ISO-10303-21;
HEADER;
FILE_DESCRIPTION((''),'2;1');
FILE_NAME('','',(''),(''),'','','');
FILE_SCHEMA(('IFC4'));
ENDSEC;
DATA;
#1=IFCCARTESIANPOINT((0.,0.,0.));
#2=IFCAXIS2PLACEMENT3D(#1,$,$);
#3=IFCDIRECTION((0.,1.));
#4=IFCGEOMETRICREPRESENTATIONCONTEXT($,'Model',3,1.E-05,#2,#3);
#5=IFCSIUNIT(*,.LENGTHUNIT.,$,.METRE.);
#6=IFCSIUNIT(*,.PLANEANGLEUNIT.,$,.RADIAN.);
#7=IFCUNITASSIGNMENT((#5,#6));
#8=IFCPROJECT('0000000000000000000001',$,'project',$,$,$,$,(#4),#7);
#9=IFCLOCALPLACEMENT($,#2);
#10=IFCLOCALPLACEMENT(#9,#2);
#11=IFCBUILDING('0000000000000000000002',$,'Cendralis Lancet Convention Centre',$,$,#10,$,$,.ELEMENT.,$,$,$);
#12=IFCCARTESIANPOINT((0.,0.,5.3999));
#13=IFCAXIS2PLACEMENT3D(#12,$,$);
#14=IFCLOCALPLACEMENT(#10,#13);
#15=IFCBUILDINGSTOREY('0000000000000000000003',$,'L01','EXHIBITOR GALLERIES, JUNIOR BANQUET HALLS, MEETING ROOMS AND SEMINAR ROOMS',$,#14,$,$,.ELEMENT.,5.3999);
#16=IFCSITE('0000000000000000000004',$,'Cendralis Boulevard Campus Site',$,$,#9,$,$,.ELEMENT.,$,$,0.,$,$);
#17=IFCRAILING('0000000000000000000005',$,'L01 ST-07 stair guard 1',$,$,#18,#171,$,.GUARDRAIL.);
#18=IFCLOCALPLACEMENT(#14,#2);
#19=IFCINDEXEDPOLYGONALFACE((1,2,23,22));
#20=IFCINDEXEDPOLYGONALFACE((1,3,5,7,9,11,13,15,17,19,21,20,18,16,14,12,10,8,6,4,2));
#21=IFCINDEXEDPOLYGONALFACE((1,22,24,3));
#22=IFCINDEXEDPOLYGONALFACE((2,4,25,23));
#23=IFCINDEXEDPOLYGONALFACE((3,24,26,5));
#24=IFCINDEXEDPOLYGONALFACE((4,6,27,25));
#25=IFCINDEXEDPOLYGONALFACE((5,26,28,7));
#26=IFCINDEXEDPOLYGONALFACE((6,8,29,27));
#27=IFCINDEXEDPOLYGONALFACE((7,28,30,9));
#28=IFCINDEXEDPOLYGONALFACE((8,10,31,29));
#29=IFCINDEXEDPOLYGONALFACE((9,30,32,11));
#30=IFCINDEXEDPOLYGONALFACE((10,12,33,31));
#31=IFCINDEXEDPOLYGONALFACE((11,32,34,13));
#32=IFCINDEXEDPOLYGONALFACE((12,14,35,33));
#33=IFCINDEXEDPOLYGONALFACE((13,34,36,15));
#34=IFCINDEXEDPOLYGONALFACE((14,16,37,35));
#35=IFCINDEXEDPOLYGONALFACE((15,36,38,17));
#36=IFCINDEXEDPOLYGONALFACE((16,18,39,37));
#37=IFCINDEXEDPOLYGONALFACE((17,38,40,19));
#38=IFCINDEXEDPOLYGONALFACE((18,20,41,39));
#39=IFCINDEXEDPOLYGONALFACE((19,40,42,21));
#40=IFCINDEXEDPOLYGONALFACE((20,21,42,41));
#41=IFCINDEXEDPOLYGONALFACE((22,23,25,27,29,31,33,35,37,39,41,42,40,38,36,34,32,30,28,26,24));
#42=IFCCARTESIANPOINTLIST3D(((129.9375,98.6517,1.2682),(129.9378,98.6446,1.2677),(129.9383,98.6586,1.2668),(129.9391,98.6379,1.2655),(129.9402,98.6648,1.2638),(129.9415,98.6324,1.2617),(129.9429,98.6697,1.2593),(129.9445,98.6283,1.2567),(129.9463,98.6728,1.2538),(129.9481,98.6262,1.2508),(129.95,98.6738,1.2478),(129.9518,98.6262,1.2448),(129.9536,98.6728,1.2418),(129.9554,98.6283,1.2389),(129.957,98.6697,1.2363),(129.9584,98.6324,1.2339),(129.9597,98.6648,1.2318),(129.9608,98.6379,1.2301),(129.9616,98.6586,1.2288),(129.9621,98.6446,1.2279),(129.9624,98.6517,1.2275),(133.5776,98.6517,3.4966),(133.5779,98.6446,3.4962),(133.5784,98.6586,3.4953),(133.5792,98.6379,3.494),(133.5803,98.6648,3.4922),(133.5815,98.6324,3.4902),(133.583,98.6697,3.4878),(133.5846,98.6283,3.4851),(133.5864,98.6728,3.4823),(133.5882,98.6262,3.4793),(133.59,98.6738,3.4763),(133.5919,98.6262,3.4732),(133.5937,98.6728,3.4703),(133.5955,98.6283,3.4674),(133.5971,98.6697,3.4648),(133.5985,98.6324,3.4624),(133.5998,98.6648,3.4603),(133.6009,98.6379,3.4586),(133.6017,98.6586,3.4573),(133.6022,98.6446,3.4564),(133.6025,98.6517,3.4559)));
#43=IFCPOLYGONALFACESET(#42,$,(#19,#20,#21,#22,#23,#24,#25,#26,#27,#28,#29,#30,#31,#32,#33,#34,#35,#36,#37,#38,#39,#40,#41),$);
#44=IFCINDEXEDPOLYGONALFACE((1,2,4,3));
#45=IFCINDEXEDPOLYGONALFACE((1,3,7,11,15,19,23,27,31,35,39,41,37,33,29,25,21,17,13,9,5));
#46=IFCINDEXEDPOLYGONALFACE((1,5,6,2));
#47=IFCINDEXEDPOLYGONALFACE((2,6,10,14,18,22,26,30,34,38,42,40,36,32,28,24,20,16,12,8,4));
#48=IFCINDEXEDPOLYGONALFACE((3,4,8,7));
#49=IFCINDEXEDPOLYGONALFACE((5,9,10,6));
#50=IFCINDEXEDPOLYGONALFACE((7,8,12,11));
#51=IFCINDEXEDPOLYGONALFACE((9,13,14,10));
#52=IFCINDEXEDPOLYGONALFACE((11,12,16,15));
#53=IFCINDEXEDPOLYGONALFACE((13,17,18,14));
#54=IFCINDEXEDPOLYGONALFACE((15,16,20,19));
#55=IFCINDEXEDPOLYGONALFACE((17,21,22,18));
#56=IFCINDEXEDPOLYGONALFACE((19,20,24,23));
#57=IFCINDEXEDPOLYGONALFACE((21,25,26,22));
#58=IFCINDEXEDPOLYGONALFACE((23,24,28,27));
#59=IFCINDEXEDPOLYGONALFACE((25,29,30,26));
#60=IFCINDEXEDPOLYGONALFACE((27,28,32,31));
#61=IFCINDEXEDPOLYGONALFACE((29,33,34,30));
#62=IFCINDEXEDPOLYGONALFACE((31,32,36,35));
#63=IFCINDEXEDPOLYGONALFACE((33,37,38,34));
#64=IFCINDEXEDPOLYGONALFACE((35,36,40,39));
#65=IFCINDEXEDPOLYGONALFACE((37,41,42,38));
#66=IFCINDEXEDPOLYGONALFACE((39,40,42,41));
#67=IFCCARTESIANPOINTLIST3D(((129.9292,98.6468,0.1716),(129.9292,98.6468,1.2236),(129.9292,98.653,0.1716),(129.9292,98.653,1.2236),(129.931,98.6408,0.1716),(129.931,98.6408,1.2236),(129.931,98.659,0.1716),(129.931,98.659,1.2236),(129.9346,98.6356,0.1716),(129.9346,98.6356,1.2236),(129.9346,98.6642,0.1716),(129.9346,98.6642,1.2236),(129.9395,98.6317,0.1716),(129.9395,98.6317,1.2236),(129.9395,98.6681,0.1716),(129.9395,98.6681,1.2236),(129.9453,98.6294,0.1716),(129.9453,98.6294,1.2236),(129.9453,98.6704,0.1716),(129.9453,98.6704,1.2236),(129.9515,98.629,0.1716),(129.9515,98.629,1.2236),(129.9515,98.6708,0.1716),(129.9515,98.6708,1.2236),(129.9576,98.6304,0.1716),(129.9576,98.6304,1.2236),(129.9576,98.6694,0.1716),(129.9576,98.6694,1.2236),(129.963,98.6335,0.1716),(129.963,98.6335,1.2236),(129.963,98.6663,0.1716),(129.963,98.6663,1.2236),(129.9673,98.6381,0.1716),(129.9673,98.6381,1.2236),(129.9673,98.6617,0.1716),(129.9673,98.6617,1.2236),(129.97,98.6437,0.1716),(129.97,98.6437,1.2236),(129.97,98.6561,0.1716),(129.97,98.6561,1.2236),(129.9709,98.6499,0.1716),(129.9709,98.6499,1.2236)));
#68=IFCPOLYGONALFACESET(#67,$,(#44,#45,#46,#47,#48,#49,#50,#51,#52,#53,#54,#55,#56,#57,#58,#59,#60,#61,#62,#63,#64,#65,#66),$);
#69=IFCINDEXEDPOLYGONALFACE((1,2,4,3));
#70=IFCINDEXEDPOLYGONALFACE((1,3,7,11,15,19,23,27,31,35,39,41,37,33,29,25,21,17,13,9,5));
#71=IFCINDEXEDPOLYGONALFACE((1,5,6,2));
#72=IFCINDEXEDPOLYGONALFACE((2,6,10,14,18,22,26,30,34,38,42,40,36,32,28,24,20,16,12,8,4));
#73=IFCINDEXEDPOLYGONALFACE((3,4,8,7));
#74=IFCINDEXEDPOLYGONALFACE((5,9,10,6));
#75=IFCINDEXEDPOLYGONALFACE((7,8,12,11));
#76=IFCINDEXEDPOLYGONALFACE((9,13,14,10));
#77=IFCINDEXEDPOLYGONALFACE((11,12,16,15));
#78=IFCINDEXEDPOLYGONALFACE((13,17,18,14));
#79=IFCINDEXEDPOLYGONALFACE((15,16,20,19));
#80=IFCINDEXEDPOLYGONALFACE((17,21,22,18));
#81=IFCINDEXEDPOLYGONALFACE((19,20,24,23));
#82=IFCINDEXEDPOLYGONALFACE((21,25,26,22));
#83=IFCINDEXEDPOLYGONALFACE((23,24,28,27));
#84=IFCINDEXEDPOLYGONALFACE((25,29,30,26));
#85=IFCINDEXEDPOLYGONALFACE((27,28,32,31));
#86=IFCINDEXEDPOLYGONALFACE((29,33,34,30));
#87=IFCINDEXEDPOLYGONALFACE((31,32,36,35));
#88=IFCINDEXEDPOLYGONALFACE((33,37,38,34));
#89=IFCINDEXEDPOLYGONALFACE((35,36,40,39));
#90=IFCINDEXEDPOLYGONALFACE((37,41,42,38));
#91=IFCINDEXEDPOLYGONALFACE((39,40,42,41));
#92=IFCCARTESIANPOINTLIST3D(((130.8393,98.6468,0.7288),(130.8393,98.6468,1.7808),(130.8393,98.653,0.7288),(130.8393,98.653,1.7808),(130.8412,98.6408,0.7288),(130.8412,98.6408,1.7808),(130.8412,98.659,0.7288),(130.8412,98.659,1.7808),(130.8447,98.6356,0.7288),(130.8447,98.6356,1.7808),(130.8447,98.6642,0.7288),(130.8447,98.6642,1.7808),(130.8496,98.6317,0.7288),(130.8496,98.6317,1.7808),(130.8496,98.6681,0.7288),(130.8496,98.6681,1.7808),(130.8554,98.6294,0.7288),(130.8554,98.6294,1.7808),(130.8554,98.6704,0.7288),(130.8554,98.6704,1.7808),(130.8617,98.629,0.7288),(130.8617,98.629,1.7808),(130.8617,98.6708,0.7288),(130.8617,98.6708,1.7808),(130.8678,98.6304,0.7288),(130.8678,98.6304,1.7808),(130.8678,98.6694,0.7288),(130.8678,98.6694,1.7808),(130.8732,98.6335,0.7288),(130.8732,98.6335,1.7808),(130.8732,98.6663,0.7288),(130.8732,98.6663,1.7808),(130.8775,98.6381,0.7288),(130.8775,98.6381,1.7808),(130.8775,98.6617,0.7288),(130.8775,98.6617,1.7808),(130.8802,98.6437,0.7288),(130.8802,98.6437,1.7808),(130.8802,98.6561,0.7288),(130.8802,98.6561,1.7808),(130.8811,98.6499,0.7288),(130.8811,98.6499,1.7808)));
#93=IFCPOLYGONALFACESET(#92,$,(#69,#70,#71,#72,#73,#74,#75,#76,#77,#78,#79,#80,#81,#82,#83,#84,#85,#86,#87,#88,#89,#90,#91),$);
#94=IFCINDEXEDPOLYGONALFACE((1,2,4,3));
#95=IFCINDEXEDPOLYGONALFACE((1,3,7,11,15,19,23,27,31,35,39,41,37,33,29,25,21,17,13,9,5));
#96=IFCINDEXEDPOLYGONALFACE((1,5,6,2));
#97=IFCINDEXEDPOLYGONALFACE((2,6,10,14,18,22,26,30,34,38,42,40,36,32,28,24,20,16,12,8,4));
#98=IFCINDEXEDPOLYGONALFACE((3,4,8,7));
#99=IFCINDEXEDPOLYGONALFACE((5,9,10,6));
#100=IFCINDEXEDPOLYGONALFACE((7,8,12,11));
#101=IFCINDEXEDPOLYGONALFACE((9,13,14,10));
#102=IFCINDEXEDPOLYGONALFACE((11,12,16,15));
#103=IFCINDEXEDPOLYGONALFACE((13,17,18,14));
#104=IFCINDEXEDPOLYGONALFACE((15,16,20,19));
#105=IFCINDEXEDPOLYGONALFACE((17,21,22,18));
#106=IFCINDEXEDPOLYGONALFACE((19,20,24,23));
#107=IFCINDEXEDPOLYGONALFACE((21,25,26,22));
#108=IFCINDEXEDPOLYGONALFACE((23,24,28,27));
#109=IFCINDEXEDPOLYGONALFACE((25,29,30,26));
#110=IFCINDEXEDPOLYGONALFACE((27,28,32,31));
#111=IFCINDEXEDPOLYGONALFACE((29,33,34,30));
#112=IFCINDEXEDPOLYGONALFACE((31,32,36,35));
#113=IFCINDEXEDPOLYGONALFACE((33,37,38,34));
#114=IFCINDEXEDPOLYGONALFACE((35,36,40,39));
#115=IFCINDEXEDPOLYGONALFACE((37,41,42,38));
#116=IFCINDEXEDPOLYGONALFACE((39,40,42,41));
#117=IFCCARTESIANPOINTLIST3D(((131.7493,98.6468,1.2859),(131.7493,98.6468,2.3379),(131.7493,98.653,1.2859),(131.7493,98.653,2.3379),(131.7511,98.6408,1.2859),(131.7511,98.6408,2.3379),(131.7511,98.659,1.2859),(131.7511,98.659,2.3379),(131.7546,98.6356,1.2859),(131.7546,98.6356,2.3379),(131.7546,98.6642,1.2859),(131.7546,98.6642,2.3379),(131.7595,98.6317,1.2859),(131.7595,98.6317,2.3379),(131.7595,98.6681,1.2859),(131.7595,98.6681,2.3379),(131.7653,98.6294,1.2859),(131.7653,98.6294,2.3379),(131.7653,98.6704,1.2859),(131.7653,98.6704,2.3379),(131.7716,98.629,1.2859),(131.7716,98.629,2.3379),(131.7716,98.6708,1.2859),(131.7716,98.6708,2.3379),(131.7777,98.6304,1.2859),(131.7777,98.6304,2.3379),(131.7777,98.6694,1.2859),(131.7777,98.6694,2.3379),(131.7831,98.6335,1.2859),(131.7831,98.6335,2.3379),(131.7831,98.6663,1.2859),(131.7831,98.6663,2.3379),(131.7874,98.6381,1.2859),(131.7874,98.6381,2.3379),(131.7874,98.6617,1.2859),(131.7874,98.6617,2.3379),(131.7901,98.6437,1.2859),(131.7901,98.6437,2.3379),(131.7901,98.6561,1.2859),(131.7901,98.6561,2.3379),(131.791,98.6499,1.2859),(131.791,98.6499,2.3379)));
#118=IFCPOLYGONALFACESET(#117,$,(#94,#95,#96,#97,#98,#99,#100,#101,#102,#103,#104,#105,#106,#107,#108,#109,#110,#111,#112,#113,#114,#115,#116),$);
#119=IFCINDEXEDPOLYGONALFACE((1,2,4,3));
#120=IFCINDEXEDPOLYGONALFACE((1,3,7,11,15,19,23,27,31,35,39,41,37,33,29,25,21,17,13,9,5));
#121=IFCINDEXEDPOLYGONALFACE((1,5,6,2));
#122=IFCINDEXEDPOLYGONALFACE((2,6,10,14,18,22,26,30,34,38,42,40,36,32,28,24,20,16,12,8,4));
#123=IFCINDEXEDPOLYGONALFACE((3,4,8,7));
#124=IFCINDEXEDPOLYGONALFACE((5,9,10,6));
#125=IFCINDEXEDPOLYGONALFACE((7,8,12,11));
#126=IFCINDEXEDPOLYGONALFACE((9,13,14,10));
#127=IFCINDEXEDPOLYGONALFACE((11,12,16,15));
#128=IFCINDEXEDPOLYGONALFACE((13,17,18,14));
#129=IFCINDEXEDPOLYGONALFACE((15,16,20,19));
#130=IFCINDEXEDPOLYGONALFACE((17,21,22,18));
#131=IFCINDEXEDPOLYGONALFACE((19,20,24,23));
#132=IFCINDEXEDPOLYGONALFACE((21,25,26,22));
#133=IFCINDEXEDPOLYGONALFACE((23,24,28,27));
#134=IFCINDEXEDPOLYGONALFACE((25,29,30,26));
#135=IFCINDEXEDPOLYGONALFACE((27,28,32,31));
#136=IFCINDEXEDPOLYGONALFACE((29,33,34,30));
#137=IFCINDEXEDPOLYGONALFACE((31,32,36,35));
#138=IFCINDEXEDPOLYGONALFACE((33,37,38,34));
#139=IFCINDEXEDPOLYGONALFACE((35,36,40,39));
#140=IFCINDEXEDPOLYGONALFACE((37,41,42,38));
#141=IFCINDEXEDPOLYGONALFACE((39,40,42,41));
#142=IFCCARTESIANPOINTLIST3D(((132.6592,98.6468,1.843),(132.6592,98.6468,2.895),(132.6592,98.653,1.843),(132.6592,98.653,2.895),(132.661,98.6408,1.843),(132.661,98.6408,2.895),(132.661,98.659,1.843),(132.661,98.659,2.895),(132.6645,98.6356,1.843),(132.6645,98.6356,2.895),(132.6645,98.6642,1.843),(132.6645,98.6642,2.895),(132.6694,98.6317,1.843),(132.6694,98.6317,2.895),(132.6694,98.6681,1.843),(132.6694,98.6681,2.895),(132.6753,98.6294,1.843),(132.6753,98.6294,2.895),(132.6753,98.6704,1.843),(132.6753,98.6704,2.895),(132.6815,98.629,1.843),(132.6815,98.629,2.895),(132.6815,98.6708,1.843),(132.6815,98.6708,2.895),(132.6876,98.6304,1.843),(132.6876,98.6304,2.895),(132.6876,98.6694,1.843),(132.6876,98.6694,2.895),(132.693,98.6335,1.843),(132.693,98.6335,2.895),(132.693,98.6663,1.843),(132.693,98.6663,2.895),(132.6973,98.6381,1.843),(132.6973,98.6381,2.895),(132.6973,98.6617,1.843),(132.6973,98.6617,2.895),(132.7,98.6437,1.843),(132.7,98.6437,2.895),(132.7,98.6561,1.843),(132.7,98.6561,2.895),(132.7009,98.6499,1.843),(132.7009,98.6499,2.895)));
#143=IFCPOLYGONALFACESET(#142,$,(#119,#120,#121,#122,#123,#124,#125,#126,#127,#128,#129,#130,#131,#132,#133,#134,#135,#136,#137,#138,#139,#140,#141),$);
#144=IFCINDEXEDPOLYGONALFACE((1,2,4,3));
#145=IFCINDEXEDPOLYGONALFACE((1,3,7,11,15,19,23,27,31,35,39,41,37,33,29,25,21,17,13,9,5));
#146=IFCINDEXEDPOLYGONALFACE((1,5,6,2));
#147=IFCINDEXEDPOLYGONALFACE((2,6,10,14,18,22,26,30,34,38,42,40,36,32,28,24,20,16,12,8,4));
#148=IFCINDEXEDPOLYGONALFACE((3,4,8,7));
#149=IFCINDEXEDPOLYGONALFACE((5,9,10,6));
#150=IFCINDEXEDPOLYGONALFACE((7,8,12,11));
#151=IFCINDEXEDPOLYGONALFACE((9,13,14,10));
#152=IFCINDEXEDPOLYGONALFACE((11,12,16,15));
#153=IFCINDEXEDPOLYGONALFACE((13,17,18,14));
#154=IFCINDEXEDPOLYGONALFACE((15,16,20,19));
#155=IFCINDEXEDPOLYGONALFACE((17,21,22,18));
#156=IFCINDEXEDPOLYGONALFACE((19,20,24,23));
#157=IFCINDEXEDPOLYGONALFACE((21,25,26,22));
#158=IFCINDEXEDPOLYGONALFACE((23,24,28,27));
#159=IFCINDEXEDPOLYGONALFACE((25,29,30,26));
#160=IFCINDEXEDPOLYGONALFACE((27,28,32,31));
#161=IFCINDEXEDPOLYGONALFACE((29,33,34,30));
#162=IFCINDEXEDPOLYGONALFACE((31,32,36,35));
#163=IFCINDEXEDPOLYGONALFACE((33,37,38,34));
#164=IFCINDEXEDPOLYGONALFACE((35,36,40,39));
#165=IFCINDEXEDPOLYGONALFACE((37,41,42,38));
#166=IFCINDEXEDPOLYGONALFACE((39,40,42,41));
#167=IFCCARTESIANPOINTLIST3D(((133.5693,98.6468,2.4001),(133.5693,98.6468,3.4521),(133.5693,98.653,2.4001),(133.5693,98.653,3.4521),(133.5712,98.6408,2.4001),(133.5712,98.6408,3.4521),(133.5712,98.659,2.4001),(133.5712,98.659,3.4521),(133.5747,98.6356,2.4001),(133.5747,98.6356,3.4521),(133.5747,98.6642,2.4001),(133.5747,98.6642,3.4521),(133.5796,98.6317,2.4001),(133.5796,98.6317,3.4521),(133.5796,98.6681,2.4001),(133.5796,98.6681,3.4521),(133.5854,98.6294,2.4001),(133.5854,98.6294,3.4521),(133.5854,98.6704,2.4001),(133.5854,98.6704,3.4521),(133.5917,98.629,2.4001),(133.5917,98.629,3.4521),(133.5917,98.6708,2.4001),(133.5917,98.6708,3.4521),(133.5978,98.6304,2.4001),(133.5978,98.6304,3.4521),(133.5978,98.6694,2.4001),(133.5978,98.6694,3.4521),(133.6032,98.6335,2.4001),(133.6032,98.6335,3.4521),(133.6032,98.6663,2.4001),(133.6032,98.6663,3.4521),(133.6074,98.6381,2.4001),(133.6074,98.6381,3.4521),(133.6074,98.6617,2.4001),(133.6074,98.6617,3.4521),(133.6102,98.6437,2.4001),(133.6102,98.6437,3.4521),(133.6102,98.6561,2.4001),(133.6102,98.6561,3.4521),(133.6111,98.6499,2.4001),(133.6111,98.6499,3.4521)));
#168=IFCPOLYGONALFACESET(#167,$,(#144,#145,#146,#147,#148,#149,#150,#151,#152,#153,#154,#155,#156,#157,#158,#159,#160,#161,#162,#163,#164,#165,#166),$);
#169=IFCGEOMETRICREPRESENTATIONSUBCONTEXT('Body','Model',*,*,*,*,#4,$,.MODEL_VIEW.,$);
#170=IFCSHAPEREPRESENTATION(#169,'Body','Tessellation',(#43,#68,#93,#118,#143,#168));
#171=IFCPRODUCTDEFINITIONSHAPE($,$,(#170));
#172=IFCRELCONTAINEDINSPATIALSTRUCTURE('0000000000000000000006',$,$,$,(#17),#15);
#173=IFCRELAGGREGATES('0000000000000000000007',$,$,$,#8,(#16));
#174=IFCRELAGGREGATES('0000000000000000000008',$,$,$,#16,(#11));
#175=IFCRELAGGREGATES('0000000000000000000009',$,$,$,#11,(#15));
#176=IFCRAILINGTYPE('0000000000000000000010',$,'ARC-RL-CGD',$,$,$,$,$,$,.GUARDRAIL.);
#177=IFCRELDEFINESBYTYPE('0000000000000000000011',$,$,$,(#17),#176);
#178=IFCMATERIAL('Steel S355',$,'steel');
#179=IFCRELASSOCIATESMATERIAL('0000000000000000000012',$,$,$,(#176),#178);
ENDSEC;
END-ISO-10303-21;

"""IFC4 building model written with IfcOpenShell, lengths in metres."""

from ifc_helpers import new_model, si_unit, direction, frame, origin, origin_2d, place, context, subcontext, project, spatial, circle, extrude, material, type_object, element, save


model = new_model("IFC4")

# Units and contexts
model_context = context("Model", 3, precision=1e-05, world=origin(), true_north=direction((0.0, 1.0)))
body_context = subcontext(model_context, "Body", "Model", "MODEL_VIEW")
ifc_project = project(units=[si_unit("LENGTHUNIT", "METRE"), si_unit("PLANEANGLEUNIT", "RADIAN")], contexts=[model_context])

# Site, building, storey
site_placement = place(None, origin())
site = spatial("IfcSite", under=ifc_project, at=site_placement, Name="Cendralis Boulevard Campus Site", CompositionType="ELEMENT", RefElevation=0.0)
building_placement = place(site_placement, origin())
building = spatial("IfcBuilding", under=site, at=building_placement, Name="Cendralis Lancet Convention Centre", CompositionType="ELEMENT")
storey_placement = place(building_placement, frame((0.0, 0.0, 5.3999)))
storey = spatial("IfcBuildingStorey", under=building, at=storey_placement, Name="L01", Description="EXHIBITOR GALLERIES, JUNIOR BANQUET HALLS, MEETING ROOMS AND SEMINAR ROOMS", CompositionType="ELEMENT", Elevation=5.3999)

# Shared definitions
ifc_material_1 = material(Name="Steel S355", Category="steel")

# Railing
railing_type_1 = type_object("IfcRailingType", Name="ARC-RL-CGD", PredefinedType="GUARDRAIL", material=ifc_material_1)
railing_1_placement = place(storey_placement, frame((129.95, 98.6499, 0.1716)))
element("IfcRailing", 1, at=railing_1_placement, inside=storey, type_object=railing_type_1, Name="L01 ST-07 stair guard 1", PredefinedType="GUARDRAIL", context=body_context, shape_type="SweptSolid", body=[
    extrude(circle(Radius=0.0239, at=origin_2d()), frame((0.0, 0.0, 1.0762), z_axis=(0.852866, 0.0, 0.52213), x_axis=(0.0, 1.0, 0.0)), (0.0, 0.0, 1.0), 4.2681),
    extrude(circle(Radius=0.021, at=origin_2d()), origin(), (0.0, 0.0, 1.0), 1.052),
    extrude(circle(Radius=0.021, at=origin_2d()), frame((0.9102, 0.0, 0.5571)), (0.0, 0.0, 1.0), 1.052),
    extrude(circle(Radius=0.021, at=origin_2d()), frame((1.8201, 0.0, 1.1143)), (0.0, 0.0, 1.0), 1.052),
    extrude(circle(Radius=0.021, at=origin_2d()), frame((2.73, 0.0, 1.6714)), (0.0, 0.0, 1.0), 1.052),
    extrude(circle(Radius=0.021, at=origin_2d()), frame((3.6401, 0.0, 2.2285)), (0.0, 0.0, 1.0), 1.052),
])

save(model, "model.ifc")
